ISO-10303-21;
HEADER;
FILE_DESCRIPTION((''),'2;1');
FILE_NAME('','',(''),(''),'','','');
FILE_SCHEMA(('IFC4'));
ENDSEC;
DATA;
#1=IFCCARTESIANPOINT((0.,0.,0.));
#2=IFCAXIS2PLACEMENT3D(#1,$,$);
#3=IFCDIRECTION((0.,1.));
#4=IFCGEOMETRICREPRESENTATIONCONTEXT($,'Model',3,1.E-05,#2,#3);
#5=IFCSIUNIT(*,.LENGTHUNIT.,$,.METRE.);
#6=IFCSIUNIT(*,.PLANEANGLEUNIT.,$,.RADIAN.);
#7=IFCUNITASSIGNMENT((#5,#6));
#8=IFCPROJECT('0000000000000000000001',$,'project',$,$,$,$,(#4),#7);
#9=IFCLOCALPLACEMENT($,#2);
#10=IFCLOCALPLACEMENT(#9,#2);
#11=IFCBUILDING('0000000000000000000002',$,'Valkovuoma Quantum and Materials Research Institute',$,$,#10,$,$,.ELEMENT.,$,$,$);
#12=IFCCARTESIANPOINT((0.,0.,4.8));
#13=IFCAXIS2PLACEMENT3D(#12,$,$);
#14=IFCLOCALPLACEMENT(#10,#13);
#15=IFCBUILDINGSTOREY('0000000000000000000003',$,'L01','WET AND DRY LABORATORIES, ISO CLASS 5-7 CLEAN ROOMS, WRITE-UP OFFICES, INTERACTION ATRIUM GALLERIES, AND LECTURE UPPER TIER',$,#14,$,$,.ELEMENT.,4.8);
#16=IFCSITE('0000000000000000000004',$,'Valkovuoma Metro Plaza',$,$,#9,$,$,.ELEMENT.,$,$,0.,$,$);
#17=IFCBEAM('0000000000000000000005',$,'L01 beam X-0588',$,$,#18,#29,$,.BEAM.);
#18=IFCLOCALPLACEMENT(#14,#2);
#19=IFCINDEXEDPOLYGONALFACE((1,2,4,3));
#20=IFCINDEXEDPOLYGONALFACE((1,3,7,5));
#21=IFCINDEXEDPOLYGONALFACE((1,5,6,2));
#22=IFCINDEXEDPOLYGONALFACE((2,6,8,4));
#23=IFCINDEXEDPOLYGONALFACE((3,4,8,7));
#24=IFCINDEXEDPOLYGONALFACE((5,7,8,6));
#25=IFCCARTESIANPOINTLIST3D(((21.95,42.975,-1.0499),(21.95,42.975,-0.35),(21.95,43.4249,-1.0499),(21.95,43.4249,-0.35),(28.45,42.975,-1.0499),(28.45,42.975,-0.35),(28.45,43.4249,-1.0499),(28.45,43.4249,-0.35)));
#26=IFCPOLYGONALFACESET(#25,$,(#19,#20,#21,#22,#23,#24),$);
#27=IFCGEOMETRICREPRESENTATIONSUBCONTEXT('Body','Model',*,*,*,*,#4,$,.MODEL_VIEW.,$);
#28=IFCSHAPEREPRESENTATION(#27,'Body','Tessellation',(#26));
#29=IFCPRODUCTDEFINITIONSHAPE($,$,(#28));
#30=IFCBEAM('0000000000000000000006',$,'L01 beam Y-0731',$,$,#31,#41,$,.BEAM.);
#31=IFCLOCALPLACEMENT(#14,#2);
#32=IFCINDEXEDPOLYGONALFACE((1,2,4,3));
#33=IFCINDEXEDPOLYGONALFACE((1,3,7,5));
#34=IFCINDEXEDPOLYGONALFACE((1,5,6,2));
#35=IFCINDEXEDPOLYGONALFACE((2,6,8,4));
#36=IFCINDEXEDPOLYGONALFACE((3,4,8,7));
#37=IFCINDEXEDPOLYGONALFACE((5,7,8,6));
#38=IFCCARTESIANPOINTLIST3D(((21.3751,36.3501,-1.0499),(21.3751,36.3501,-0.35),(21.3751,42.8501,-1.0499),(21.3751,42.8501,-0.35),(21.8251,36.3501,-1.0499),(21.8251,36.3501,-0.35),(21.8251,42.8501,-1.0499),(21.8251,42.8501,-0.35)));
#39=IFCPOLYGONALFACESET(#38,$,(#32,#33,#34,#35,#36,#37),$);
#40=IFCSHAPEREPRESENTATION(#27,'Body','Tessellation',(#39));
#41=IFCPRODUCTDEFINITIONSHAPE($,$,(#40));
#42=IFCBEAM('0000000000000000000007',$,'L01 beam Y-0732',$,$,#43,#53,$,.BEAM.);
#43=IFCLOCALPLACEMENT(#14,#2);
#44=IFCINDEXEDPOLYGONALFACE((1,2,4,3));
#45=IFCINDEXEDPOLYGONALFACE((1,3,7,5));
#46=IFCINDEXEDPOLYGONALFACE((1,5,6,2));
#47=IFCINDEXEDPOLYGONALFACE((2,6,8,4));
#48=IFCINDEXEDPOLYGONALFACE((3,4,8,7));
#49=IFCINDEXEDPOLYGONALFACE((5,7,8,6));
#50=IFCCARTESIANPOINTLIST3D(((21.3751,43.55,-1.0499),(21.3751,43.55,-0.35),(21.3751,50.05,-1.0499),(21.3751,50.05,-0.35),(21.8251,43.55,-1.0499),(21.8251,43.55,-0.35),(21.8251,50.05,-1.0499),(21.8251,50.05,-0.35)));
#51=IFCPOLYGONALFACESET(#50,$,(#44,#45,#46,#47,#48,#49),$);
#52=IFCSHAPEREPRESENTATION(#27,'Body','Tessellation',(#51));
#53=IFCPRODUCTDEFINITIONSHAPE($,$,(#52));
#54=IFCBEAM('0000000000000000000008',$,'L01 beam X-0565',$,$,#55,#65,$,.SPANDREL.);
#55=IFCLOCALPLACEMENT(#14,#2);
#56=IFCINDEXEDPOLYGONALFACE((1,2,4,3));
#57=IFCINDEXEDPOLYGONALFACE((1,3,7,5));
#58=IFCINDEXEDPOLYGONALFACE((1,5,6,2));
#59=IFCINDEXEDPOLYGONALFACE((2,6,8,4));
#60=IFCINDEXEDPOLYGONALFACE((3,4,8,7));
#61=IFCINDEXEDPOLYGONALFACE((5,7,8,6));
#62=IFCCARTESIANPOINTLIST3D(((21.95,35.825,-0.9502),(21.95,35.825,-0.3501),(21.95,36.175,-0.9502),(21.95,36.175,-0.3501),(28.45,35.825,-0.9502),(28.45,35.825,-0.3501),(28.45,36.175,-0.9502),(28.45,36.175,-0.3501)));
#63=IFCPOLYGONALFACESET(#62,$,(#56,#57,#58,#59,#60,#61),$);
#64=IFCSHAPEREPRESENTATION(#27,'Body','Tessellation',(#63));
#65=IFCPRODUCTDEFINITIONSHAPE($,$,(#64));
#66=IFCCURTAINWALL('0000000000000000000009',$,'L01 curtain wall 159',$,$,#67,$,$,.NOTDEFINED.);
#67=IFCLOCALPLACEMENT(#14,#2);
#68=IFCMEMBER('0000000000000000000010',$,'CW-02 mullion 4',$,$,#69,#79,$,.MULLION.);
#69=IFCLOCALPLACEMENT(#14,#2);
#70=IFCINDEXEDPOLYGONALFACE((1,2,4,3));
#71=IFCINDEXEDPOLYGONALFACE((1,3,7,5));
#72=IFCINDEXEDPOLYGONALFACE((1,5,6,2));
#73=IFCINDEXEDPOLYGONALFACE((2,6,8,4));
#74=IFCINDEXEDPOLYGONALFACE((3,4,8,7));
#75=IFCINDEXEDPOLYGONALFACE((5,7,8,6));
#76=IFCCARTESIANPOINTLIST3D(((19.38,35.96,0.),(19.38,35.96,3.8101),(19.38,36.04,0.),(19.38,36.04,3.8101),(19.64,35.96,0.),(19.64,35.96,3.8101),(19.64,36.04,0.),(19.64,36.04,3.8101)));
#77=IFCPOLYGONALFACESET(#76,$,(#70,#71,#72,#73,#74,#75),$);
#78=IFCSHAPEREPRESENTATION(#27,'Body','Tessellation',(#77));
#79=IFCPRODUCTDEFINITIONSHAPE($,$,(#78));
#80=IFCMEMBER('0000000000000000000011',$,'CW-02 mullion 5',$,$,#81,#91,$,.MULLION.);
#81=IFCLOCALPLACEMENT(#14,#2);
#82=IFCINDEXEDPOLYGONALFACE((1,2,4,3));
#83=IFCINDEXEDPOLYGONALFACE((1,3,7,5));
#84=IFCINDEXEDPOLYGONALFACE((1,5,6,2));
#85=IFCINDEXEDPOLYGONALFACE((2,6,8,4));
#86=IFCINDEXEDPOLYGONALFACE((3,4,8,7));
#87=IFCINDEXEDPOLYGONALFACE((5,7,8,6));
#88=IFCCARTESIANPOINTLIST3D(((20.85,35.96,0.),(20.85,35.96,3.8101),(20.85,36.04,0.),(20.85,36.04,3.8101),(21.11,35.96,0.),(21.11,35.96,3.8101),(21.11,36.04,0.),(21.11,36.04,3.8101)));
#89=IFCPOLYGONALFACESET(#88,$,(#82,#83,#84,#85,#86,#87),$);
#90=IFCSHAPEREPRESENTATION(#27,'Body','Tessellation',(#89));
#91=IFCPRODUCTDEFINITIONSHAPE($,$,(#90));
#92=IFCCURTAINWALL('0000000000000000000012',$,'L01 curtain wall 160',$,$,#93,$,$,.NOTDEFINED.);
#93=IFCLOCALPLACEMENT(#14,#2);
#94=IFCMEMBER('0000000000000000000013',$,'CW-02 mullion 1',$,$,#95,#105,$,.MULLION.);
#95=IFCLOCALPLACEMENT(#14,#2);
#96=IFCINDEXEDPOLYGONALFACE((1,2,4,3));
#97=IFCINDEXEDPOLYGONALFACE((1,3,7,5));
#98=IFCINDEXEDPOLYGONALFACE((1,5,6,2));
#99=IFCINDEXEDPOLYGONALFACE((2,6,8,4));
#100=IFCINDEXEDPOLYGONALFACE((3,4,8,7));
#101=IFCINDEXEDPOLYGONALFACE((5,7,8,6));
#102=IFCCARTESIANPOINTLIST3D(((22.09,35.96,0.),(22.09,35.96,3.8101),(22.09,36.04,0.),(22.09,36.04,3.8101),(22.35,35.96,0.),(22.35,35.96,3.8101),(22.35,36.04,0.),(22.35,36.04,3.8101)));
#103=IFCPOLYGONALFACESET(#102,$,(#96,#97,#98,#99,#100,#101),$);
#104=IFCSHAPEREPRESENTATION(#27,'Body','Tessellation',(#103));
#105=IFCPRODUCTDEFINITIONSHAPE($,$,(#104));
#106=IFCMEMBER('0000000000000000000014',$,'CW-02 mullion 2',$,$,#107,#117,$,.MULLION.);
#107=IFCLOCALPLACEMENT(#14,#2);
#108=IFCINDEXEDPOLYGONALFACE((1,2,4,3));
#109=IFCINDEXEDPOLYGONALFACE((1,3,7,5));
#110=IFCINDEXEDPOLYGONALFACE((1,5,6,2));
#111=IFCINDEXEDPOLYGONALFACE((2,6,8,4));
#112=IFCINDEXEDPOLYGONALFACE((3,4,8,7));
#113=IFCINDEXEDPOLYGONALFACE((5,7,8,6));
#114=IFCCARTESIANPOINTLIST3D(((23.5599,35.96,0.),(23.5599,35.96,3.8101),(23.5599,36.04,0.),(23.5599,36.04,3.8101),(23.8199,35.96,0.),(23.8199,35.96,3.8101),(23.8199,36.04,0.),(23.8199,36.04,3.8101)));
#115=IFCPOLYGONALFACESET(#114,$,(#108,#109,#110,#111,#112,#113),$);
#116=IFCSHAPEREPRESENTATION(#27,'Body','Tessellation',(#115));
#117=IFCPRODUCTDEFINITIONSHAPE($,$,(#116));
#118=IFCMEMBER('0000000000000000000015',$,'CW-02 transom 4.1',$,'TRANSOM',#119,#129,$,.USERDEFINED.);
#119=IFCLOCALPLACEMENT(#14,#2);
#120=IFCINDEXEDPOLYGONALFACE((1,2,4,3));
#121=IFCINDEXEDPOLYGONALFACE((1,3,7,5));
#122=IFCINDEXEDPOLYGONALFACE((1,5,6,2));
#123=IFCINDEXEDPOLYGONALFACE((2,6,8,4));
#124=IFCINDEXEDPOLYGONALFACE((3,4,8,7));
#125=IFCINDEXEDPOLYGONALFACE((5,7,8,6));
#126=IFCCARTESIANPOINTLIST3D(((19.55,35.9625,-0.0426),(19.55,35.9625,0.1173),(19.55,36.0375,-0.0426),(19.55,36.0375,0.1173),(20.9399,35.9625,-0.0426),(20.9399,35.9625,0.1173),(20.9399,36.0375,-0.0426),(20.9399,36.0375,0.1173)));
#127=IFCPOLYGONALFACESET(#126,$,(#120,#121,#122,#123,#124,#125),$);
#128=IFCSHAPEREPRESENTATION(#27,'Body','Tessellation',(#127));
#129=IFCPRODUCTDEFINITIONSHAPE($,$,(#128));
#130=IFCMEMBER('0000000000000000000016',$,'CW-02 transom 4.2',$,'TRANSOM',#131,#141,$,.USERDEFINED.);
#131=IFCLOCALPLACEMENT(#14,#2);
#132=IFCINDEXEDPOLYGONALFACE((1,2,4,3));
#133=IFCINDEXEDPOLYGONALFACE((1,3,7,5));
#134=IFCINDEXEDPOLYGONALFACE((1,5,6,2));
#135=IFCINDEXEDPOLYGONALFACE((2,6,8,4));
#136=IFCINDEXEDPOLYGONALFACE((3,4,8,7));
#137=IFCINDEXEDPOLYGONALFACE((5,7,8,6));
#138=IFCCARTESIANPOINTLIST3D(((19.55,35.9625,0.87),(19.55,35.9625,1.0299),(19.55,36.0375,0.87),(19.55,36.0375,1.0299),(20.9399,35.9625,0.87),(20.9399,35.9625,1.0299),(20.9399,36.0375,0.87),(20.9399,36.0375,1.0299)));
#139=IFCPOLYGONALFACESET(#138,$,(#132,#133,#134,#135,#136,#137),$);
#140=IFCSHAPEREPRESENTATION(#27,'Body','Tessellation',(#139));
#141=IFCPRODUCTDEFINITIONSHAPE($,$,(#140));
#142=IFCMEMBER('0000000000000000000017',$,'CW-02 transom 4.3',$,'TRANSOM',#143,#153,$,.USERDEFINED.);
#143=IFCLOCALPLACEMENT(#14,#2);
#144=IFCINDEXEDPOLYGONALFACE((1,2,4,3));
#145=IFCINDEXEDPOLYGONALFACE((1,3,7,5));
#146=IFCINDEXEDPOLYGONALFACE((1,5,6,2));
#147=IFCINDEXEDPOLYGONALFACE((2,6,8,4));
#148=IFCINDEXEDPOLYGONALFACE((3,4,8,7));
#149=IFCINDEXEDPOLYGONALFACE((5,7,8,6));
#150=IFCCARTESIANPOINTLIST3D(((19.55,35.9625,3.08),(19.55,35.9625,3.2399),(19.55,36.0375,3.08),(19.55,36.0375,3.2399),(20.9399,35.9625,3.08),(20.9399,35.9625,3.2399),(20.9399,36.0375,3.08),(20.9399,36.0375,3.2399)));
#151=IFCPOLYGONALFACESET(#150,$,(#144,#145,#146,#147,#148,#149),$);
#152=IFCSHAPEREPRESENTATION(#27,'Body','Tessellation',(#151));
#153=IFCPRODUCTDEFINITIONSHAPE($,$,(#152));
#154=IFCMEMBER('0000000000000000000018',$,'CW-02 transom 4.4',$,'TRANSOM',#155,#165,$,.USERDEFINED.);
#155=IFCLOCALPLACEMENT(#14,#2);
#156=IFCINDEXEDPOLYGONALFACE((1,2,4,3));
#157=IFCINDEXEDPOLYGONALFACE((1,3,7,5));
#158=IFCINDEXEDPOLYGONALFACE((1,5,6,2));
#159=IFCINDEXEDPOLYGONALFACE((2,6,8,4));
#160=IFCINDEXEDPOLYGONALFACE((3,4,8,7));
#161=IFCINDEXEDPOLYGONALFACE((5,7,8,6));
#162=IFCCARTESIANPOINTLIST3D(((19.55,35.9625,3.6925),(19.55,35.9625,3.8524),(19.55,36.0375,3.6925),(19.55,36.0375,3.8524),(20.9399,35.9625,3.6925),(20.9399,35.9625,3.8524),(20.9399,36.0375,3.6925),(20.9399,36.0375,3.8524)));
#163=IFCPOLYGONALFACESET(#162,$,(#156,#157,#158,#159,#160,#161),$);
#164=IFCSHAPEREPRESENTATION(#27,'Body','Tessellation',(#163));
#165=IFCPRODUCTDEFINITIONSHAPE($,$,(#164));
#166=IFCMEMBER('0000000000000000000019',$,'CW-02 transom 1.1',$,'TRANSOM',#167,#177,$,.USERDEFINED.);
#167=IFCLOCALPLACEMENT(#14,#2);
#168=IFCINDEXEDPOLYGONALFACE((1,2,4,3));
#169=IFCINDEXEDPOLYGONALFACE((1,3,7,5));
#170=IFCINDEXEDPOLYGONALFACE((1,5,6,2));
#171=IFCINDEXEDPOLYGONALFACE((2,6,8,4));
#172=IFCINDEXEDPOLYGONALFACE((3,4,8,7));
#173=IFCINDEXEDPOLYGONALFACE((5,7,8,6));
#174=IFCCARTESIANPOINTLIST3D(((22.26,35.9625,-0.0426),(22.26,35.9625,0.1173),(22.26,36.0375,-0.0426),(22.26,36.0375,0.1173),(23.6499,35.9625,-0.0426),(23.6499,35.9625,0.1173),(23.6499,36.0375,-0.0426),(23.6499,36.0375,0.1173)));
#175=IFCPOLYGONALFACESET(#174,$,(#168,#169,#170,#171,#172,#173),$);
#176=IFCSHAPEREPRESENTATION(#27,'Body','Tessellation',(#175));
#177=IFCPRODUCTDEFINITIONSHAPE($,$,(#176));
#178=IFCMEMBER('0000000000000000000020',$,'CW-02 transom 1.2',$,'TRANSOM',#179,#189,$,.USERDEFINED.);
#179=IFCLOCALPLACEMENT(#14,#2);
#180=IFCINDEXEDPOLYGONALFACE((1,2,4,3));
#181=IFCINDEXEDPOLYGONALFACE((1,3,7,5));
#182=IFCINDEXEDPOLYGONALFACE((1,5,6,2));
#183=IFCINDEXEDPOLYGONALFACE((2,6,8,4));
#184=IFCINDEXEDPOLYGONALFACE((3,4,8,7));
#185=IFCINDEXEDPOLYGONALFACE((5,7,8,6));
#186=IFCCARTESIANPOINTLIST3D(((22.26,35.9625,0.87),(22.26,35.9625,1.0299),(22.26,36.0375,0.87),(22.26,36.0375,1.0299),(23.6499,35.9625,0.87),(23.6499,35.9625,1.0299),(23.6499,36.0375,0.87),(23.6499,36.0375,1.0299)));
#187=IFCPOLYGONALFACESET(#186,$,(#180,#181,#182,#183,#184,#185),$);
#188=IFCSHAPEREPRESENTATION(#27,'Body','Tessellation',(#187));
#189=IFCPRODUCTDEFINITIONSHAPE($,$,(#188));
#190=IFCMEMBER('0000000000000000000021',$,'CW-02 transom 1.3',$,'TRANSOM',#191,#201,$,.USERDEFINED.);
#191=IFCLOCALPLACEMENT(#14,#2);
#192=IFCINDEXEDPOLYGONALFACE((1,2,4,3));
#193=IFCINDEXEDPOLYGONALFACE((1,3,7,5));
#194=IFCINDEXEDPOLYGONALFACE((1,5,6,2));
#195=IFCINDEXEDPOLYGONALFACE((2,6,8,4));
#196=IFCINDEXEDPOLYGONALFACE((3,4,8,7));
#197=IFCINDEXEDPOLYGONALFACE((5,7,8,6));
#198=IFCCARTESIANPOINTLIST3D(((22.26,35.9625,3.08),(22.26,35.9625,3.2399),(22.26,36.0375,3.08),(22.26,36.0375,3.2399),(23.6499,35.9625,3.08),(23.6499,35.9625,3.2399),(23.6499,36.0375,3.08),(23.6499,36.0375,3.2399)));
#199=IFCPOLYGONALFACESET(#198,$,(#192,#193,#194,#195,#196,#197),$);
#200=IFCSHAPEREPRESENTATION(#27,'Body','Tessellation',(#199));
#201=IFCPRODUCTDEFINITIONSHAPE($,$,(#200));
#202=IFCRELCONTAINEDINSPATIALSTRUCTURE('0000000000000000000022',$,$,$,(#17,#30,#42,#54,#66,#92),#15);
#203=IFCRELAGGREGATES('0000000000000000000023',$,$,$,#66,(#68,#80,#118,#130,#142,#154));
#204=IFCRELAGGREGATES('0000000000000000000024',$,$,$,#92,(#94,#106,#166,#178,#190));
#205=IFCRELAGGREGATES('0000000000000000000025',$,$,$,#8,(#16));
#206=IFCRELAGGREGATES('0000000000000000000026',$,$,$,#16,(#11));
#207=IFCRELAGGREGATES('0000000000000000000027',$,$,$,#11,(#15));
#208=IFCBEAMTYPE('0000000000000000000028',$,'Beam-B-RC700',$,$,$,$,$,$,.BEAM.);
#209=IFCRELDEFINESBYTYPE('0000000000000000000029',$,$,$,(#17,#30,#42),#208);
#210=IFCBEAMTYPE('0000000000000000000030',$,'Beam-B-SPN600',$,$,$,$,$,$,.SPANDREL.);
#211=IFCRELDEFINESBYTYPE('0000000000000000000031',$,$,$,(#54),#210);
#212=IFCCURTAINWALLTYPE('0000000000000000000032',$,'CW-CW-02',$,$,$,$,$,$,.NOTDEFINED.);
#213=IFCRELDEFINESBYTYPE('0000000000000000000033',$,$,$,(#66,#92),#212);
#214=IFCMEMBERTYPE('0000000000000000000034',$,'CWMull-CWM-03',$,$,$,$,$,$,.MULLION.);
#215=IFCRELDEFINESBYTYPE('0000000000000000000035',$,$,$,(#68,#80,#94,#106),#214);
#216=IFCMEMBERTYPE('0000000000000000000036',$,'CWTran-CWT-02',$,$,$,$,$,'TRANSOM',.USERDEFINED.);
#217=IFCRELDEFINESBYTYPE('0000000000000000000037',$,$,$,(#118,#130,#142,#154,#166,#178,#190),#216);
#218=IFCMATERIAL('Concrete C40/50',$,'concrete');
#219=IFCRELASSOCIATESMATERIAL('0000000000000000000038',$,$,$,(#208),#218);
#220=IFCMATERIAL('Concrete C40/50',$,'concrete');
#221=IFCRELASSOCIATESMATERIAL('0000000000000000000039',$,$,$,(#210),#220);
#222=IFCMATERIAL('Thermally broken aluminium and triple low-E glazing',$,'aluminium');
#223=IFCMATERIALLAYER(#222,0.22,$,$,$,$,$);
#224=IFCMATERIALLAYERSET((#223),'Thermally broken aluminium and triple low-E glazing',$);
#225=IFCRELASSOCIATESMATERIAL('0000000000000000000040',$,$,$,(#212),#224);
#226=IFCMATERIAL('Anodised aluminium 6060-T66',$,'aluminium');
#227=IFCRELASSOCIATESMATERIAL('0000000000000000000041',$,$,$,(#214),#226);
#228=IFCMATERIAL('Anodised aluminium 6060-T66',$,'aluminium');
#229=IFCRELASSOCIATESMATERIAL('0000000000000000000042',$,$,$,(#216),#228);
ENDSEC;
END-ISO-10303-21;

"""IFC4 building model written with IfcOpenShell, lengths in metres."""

from ifc_helpers import new_model, si_unit, direction, frame, origin, origin_2d, place, context, subcontext, project, spatial, rectangle, extrude, material, layer, layer_set, material_profile, profile_set, type_object, element, aggregate, save


model = new_model("IFC4")

# Units and contexts
model_context = context("Model", 3, precision=1e-05, world=origin(), true_north=direction((0.0, 1.0)))
body_context = subcontext(model_context, "Body", "Model", "MODEL_VIEW")
ifc_project = project(units=[si_unit("LENGTHUNIT", "METRE"), si_unit("PLANEANGLEUNIT", "RADIAN")], contexts=[model_context])

# Site, building, storey
site_placement = place(None, origin())
site = spatial("IfcSite", under=ifc_project, at=site_placement, Name="Valkovuoma Metro Plaza", CompositionType="ELEMENT", RefElevation=0.0)
building_placement = place(site_placement, origin())
building = spatial("IfcBuilding", under=site, at=building_placement, Name="Valkovuoma Quantum and Materials Research Institute", CompositionType="ELEMENT")
storey_placement = place(building_placement, frame((0.0, 0.0, 4.8)))
storey = spatial("IfcBuildingStorey", under=building, at=storey_placement, Name="L01", Description="WET AND DRY LABORATORIES, ISO CLASS 5-7 CLEAN ROOMS, WRITE-UP OFFICES, INTERACTION ATRIUM GALLERIES, AND LECTURE UPPER TIER", CompositionType="ELEMENT", Elevation=4.8)

# Beams
ifc_material_1 = material(Name="Concrete C40/50", Category="concrete")
ifc_material_profile_1 = material_profile(ifc_material_1, rectangle(XDim=0.45, YDim=0.7, at=origin_2d()), Name="Concrete C40/50")
ifc_profile_set_1 = profile_set([ifc_material_profile_1], Name="Concrete C40/50")
beam_type_1 = type_object("IfcBeamType", Name="Beam-B-RC700", PredefinedType="BEAM", material=ifc_profile_set_1)
for number, where, z_axis, x_axis, name in (
    (1, (21.95, 43.2, -0.7), (1.0, 0.0, 0.0), (0.0, 1.0, 0.0), "L01 beam X-0588"),
    (2, (21.6001, 36.3501, -0.7), (0.0, 1.0, 0.0), (-1.0, 0.0, 0.0), "L01 beam Y-0731"),
    (3, (21.6001, 43.55, -0.7), (0.0, 1.0, 0.0), (-1.0, 0.0, 0.0), "L01 beam Y-0732"),
):
    element("IfcBeam", number, at=place(storey_placement, frame(where, z_axis=z_axis, x_axis=x_axis)), inside=storey, type_object=beam_type_1, Name=name, PredefinedType="BEAM", context=body_context, shape_type="SweptSolid", body=[
        extrude(rectangle(XDim=0.45, YDim=0.7, at=origin_2d()), origin(), (0.0, 0.0, 1.0), 6.5),
    ])
ifc_material_2 = material(Name="Concrete C40/50", Category="concrete")
ifc_material_profile_2 = material_profile(ifc_material_2, rectangle(XDim=0.3501, YDim=0.6001, at=origin_2d()), Name="Concrete C40/50")
ifc_profile_set_2 = profile_set([ifc_material_profile_2], Name="Concrete C40/50")
beam_type_2 = type_object("IfcBeamType", Name="Beam-B-SPN600", PredefinedType="SPANDREL", material=ifc_profile_set_2)
beam_1_placement = place(storey_placement, frame((21.95, 36.0, -0.6501), z_axis=(1.0, 0.0, 0.0), x_axis=(0.0, 1.0, 0.0)))
element("IfcBeam", 4, at=beam_1_placement, inside=storey, type_object=beam_type_2, Name="L01 beam X-0565", PredefinedType="SPANDREL", context=body_context, shape_type="SweptSolid", body=[
    extrude(rectangle(XDim=0.3501, YDim=0.6001, at=origin_2d()), origin(), (0.0, 0.0, 1.0), 6.5),
])

# Curtain walls, members
ifc_material_3 = material(Name="Thermally broken aluminium and triple low-E glazing", Category="aluminium")
ifc_layer_1 = layer(ifc_material_3, 0.22)
ifc_layer_set_1 = layer_set([ifc_layer_1], Name="Thermally broken aluminium and triple low-E glazing")
curtain_wall_type = type_object("IfcCurtainWallType", Name="CW-CW-02", PredefinedType="NOTDEFINED", material=ifc_layer_set_1)
curtain_wall_1_placement = place(storey_placement, origin())
curtain_wall_1 = element("IfcCurtainWall", 5, at=curtain_wall_1_placement, inside=storey, type_object=curtain_wall_type, Name="L01 curtain wall 159", PredefinedType="NOTDEFINED")
ifc_material_4 = material(Name="Anodised aluminium 6060-T66", Category="aluminium")
ifc_material_profile_3 = material_profile(ifc_material_4, rectangle(XDim=0.0801, YDim=0.26, at=origin_2d()), Name="Anodised aluminium 6060-T66")
ifc_profile_set_3 = profile_set([ifc_material_profile_3], Name="Anodised aluminium 6060-T66")
member_type_1 = type_object("IfcMemberType", Name="CWMull-CWM-03", PredefinedType="MULLION", material=ifc_profile_set_3)
member_1_placement = place(storey_placement, frame((19.51, 36.0, 0.0), z_axis=(0.0, 0.0, 1.0), x_axis=(0.0, 1.0, 0.0)))
member_1 = element("IfcMember", 6, at=member_1_placement, type_object=member_type_1, Name="CW-02 mullion 4", PredefinedType="MULLION", context=body_context, shape_type="SweptSolid", body=[
    extrude(rectangle(XDim=0.0801, YDim=0.26, at=origin_2d()), origin(), (0.0, 0.0, 1.0), 3.8101),
])
member_2_placement = place(storey_placement, frame((20.98, 36.0, 0.0), z_axis=(0.0, 0.0, 1.0), x_axis=(0.0, 1.0, 0.0)))
member_2 = element("IfcMember", 7, at=member_2_placement, type_object=member_type_1, Name="CW-02 mullion 5", PredefinedType="MULLION", context=body_context, shape_type="SweptSolid", body=[
    extrude(rectangle(XDim=0.0801, YDim=0.26, at=origin_2d()), origin(), (0.0, 0.0, 1.0), 3.8101),
])
curtain_wall_2_placement = place(storey_placement, origin())
curtain_wall_2 = element("IfcCurtainWall", 8, at=curtain_wall_2_placement, inside=storey, type_object=curtain_wall_type, Name="L01 curtain wall 160", PredefinedType="NOTDEFINED")
member_3_placement = place(storey_placement, frame((22.22, 36.0, 0.0), z_axis=(0.0, 0.0, 1.0), x_axis=(0.0, 1.0, 0.0)))
member_3 = element("IfcMember", 9, at=member_3_placement, type_object=member_type_1, Name="CW-02 mullion 1", PredefinedType="MULLION", context=body_context, shape_type="SweptSolid", body=[
    extrude(rectangle(XDim=0.0801, YDim=0.26, at=origin_2d()), origin(), (0.0, 0.0, 1.0), 3.8101),
])
member_4_placement = place(storey_placement, frame((23.6899, 36.0, 0.0), z_axis=(0.0, 0.0, 1.0), x_axis=(0.0, 1.0, 0.0)))
member_4 = element("IfcMember", 10, at=member_4_placement, type_object=member_type_1, Name="CW-02 mullion 2", PredefinedType="MULLION", context=body_context, shape_type="SweptSolid", body=[
    extrude(rectangle(XDim=0.0801, YDim=0.26, at=origin_2d()), origin(), (0.0, 0.0, 1.0), 3.8101),
])

# Members
ifc_material_5 = material(Name="Anodised aluminium 6060-T66", Category="aluminium")
ifc_material_profile_4 = material_profile(ifc_material_5, rectangle(XDim=0.075, YDim=0.1599, at=origin_2d()), Name="Anodised aluminium 6060-T66")
ifc_profile_set_4 = profile_set([ifc_material_profile_4], Name="Anodised aluminium 6060-T66")
member_type_2 = type_object("IfcMemberType", Name="CWTran-CWT-02", ElementType="TRANSOM", PredefinedType="USERDEFINED", material=ifc_profile_set_4)
member_5_placement = place(storey_placement, frame((19.55, 36.0, 0.0374), z_axis=(1.0, 0.0, 0.0), x_axis=(0.0, 1.0, 0.0)))
member_5 = element("IfcMember", 11, at=member_5_placement, type_object=member_type_2, Name="CW-02 transom 4.1", ObjectType="TRANSOM", PredefinedType="USERDEFINED", context=body_context, shape_type="SweptSolid", body=[
    extrude(rectangle(XDim=0.075, YDim=0.1599, at=origin_2d()), origin(), (0.0, 0.0, 1.0), 1.3899),
])
member_6_placement = place(storey_placement, frame((19.55, 36.0, 0.95), z_axis=(1.0, 0.0, 0.0), x_axis=(0.0, 1.0, 0.0)))
member_6 = element("IfcMember", 12, at=member_6_placement, type_object=member_type_2, Name="CW-02 transom 4.2", ObjectType="TRANSOM", PredefinedType="USERDEFINED", context=body_context, shape_type="SweptSolid", body=[
    extrude(rectangle(XDim=0.075, YDim=0.1599, at=origin_2d()), origin(), (0.0, 0.0, 1.0), 1.3899),
])
member_7_placement = place(storey_placement, frame((19.55, 36.0, 3.1599), z_axis=(1.0, 0.0, 0.0), x_axis=(0.0, 1.0, 0.0)))
member_7 = element("IfcMember", 13, at=member_7_placement, type_object=member_type_2, Name="CW-02 transom 4.3", ObjectType="TRANSOM", PredefinedType="USERDEFINED", context=body_context, shape_type="SweptSolid", body=[
    extrude(rectangle(XDim=0.075, YDim=0.1599, at=origin_2d()), origin(), (0.0, 0.0, 1.0), 1.3899),
])
member_8_placement = place(storey_placement, frame((19.55, 36.0, 3.7725), z_axis=(1.0, 0.0, 0.0), x_axis=(0.0, 1.0, 0.0)))
member_8 = element("IfcMember", 14, at=member_8_placement, type_object=member_type_2, Name="CW-02 transom 4.4", ObjectType="TRANSOM", PredefinedType="USERDEFINED", context=body_context, shape_type="SweptSolid", body=[
    extrude(rectangle(XDim=0.075, YDim=0.1599, at=origin_2d()), origin(), (0.0, 0.0, 1.0), 1.3899),
])
member_9_placement = place(storey_placement, frame((22.26, 36.0, 0.0374), z_axis=(1.0, 0.0, 0.0), x_axis=(0.0, 1.0, 0.0)))
member_9 = element("IfcMember", 15, at=member_9_placement, type_object=member_type_2, Name="CW-02 transom 1.1", ObjectType="TRANSOM", PredefinedType="USERDEFINED", context=body_context, shape_type="SweptSolid", body=[
    extrude(rectangle(XDim=0.075, YDim=0.1599, at=origin_2d()), origin(), (0.0, 0.0, 1.0), 1.3899),
])
member_10_placement = place(storey_placement, frame((22.26, 36.0, 0.95), z_axis=(1.0, 0.0, 0.0), x_axis=(0.0, 1.0, 0.0)))
member_10 = element("IfcMember", 16, at=member_10_placement, type_object=member_type_2, Name="CW-02 transom 1.2", ObjectType="TRANSOM", PredefinedType="USERDEFINED", context=body_context, shape_type="SweptSolid", body=[
    extrude(rectangle(XDim=0.075, YDim=0.1599, at=origin_2d()), origin(), (0.0, 0.0, 1.0), 1.3899),
])
member_11_placement = place(storey_placement, frame((22.26, 36.0, 3.1599), z_axis=(1.0, 0.0, 0.0), x_axis=(0.0, 1.0, 0.0)))
member_11 = element("IfcMember", 17, at=member_11_placement, type_object=member_type_2, Name="CW-02 transom 1.3", ObjectType="TRANSOM", PredefinedType="USERDEFINED", context=body_context, shape_type="SweptSolid", body=[
    extrude(rectangle(XDim=0.075, YDim=0.1599, at=origin_2d()), origin(), (0.0, 0.0, 1.0), 1.3899),
])

aggregate(curtain_wall_1, [member_1, member_2, member_5, member_6, member_7, member_8])
aggregate(curtain_wall_2, [member_3, member_4, member_9, member_10, member_11])

save(model, "model.ifc")
